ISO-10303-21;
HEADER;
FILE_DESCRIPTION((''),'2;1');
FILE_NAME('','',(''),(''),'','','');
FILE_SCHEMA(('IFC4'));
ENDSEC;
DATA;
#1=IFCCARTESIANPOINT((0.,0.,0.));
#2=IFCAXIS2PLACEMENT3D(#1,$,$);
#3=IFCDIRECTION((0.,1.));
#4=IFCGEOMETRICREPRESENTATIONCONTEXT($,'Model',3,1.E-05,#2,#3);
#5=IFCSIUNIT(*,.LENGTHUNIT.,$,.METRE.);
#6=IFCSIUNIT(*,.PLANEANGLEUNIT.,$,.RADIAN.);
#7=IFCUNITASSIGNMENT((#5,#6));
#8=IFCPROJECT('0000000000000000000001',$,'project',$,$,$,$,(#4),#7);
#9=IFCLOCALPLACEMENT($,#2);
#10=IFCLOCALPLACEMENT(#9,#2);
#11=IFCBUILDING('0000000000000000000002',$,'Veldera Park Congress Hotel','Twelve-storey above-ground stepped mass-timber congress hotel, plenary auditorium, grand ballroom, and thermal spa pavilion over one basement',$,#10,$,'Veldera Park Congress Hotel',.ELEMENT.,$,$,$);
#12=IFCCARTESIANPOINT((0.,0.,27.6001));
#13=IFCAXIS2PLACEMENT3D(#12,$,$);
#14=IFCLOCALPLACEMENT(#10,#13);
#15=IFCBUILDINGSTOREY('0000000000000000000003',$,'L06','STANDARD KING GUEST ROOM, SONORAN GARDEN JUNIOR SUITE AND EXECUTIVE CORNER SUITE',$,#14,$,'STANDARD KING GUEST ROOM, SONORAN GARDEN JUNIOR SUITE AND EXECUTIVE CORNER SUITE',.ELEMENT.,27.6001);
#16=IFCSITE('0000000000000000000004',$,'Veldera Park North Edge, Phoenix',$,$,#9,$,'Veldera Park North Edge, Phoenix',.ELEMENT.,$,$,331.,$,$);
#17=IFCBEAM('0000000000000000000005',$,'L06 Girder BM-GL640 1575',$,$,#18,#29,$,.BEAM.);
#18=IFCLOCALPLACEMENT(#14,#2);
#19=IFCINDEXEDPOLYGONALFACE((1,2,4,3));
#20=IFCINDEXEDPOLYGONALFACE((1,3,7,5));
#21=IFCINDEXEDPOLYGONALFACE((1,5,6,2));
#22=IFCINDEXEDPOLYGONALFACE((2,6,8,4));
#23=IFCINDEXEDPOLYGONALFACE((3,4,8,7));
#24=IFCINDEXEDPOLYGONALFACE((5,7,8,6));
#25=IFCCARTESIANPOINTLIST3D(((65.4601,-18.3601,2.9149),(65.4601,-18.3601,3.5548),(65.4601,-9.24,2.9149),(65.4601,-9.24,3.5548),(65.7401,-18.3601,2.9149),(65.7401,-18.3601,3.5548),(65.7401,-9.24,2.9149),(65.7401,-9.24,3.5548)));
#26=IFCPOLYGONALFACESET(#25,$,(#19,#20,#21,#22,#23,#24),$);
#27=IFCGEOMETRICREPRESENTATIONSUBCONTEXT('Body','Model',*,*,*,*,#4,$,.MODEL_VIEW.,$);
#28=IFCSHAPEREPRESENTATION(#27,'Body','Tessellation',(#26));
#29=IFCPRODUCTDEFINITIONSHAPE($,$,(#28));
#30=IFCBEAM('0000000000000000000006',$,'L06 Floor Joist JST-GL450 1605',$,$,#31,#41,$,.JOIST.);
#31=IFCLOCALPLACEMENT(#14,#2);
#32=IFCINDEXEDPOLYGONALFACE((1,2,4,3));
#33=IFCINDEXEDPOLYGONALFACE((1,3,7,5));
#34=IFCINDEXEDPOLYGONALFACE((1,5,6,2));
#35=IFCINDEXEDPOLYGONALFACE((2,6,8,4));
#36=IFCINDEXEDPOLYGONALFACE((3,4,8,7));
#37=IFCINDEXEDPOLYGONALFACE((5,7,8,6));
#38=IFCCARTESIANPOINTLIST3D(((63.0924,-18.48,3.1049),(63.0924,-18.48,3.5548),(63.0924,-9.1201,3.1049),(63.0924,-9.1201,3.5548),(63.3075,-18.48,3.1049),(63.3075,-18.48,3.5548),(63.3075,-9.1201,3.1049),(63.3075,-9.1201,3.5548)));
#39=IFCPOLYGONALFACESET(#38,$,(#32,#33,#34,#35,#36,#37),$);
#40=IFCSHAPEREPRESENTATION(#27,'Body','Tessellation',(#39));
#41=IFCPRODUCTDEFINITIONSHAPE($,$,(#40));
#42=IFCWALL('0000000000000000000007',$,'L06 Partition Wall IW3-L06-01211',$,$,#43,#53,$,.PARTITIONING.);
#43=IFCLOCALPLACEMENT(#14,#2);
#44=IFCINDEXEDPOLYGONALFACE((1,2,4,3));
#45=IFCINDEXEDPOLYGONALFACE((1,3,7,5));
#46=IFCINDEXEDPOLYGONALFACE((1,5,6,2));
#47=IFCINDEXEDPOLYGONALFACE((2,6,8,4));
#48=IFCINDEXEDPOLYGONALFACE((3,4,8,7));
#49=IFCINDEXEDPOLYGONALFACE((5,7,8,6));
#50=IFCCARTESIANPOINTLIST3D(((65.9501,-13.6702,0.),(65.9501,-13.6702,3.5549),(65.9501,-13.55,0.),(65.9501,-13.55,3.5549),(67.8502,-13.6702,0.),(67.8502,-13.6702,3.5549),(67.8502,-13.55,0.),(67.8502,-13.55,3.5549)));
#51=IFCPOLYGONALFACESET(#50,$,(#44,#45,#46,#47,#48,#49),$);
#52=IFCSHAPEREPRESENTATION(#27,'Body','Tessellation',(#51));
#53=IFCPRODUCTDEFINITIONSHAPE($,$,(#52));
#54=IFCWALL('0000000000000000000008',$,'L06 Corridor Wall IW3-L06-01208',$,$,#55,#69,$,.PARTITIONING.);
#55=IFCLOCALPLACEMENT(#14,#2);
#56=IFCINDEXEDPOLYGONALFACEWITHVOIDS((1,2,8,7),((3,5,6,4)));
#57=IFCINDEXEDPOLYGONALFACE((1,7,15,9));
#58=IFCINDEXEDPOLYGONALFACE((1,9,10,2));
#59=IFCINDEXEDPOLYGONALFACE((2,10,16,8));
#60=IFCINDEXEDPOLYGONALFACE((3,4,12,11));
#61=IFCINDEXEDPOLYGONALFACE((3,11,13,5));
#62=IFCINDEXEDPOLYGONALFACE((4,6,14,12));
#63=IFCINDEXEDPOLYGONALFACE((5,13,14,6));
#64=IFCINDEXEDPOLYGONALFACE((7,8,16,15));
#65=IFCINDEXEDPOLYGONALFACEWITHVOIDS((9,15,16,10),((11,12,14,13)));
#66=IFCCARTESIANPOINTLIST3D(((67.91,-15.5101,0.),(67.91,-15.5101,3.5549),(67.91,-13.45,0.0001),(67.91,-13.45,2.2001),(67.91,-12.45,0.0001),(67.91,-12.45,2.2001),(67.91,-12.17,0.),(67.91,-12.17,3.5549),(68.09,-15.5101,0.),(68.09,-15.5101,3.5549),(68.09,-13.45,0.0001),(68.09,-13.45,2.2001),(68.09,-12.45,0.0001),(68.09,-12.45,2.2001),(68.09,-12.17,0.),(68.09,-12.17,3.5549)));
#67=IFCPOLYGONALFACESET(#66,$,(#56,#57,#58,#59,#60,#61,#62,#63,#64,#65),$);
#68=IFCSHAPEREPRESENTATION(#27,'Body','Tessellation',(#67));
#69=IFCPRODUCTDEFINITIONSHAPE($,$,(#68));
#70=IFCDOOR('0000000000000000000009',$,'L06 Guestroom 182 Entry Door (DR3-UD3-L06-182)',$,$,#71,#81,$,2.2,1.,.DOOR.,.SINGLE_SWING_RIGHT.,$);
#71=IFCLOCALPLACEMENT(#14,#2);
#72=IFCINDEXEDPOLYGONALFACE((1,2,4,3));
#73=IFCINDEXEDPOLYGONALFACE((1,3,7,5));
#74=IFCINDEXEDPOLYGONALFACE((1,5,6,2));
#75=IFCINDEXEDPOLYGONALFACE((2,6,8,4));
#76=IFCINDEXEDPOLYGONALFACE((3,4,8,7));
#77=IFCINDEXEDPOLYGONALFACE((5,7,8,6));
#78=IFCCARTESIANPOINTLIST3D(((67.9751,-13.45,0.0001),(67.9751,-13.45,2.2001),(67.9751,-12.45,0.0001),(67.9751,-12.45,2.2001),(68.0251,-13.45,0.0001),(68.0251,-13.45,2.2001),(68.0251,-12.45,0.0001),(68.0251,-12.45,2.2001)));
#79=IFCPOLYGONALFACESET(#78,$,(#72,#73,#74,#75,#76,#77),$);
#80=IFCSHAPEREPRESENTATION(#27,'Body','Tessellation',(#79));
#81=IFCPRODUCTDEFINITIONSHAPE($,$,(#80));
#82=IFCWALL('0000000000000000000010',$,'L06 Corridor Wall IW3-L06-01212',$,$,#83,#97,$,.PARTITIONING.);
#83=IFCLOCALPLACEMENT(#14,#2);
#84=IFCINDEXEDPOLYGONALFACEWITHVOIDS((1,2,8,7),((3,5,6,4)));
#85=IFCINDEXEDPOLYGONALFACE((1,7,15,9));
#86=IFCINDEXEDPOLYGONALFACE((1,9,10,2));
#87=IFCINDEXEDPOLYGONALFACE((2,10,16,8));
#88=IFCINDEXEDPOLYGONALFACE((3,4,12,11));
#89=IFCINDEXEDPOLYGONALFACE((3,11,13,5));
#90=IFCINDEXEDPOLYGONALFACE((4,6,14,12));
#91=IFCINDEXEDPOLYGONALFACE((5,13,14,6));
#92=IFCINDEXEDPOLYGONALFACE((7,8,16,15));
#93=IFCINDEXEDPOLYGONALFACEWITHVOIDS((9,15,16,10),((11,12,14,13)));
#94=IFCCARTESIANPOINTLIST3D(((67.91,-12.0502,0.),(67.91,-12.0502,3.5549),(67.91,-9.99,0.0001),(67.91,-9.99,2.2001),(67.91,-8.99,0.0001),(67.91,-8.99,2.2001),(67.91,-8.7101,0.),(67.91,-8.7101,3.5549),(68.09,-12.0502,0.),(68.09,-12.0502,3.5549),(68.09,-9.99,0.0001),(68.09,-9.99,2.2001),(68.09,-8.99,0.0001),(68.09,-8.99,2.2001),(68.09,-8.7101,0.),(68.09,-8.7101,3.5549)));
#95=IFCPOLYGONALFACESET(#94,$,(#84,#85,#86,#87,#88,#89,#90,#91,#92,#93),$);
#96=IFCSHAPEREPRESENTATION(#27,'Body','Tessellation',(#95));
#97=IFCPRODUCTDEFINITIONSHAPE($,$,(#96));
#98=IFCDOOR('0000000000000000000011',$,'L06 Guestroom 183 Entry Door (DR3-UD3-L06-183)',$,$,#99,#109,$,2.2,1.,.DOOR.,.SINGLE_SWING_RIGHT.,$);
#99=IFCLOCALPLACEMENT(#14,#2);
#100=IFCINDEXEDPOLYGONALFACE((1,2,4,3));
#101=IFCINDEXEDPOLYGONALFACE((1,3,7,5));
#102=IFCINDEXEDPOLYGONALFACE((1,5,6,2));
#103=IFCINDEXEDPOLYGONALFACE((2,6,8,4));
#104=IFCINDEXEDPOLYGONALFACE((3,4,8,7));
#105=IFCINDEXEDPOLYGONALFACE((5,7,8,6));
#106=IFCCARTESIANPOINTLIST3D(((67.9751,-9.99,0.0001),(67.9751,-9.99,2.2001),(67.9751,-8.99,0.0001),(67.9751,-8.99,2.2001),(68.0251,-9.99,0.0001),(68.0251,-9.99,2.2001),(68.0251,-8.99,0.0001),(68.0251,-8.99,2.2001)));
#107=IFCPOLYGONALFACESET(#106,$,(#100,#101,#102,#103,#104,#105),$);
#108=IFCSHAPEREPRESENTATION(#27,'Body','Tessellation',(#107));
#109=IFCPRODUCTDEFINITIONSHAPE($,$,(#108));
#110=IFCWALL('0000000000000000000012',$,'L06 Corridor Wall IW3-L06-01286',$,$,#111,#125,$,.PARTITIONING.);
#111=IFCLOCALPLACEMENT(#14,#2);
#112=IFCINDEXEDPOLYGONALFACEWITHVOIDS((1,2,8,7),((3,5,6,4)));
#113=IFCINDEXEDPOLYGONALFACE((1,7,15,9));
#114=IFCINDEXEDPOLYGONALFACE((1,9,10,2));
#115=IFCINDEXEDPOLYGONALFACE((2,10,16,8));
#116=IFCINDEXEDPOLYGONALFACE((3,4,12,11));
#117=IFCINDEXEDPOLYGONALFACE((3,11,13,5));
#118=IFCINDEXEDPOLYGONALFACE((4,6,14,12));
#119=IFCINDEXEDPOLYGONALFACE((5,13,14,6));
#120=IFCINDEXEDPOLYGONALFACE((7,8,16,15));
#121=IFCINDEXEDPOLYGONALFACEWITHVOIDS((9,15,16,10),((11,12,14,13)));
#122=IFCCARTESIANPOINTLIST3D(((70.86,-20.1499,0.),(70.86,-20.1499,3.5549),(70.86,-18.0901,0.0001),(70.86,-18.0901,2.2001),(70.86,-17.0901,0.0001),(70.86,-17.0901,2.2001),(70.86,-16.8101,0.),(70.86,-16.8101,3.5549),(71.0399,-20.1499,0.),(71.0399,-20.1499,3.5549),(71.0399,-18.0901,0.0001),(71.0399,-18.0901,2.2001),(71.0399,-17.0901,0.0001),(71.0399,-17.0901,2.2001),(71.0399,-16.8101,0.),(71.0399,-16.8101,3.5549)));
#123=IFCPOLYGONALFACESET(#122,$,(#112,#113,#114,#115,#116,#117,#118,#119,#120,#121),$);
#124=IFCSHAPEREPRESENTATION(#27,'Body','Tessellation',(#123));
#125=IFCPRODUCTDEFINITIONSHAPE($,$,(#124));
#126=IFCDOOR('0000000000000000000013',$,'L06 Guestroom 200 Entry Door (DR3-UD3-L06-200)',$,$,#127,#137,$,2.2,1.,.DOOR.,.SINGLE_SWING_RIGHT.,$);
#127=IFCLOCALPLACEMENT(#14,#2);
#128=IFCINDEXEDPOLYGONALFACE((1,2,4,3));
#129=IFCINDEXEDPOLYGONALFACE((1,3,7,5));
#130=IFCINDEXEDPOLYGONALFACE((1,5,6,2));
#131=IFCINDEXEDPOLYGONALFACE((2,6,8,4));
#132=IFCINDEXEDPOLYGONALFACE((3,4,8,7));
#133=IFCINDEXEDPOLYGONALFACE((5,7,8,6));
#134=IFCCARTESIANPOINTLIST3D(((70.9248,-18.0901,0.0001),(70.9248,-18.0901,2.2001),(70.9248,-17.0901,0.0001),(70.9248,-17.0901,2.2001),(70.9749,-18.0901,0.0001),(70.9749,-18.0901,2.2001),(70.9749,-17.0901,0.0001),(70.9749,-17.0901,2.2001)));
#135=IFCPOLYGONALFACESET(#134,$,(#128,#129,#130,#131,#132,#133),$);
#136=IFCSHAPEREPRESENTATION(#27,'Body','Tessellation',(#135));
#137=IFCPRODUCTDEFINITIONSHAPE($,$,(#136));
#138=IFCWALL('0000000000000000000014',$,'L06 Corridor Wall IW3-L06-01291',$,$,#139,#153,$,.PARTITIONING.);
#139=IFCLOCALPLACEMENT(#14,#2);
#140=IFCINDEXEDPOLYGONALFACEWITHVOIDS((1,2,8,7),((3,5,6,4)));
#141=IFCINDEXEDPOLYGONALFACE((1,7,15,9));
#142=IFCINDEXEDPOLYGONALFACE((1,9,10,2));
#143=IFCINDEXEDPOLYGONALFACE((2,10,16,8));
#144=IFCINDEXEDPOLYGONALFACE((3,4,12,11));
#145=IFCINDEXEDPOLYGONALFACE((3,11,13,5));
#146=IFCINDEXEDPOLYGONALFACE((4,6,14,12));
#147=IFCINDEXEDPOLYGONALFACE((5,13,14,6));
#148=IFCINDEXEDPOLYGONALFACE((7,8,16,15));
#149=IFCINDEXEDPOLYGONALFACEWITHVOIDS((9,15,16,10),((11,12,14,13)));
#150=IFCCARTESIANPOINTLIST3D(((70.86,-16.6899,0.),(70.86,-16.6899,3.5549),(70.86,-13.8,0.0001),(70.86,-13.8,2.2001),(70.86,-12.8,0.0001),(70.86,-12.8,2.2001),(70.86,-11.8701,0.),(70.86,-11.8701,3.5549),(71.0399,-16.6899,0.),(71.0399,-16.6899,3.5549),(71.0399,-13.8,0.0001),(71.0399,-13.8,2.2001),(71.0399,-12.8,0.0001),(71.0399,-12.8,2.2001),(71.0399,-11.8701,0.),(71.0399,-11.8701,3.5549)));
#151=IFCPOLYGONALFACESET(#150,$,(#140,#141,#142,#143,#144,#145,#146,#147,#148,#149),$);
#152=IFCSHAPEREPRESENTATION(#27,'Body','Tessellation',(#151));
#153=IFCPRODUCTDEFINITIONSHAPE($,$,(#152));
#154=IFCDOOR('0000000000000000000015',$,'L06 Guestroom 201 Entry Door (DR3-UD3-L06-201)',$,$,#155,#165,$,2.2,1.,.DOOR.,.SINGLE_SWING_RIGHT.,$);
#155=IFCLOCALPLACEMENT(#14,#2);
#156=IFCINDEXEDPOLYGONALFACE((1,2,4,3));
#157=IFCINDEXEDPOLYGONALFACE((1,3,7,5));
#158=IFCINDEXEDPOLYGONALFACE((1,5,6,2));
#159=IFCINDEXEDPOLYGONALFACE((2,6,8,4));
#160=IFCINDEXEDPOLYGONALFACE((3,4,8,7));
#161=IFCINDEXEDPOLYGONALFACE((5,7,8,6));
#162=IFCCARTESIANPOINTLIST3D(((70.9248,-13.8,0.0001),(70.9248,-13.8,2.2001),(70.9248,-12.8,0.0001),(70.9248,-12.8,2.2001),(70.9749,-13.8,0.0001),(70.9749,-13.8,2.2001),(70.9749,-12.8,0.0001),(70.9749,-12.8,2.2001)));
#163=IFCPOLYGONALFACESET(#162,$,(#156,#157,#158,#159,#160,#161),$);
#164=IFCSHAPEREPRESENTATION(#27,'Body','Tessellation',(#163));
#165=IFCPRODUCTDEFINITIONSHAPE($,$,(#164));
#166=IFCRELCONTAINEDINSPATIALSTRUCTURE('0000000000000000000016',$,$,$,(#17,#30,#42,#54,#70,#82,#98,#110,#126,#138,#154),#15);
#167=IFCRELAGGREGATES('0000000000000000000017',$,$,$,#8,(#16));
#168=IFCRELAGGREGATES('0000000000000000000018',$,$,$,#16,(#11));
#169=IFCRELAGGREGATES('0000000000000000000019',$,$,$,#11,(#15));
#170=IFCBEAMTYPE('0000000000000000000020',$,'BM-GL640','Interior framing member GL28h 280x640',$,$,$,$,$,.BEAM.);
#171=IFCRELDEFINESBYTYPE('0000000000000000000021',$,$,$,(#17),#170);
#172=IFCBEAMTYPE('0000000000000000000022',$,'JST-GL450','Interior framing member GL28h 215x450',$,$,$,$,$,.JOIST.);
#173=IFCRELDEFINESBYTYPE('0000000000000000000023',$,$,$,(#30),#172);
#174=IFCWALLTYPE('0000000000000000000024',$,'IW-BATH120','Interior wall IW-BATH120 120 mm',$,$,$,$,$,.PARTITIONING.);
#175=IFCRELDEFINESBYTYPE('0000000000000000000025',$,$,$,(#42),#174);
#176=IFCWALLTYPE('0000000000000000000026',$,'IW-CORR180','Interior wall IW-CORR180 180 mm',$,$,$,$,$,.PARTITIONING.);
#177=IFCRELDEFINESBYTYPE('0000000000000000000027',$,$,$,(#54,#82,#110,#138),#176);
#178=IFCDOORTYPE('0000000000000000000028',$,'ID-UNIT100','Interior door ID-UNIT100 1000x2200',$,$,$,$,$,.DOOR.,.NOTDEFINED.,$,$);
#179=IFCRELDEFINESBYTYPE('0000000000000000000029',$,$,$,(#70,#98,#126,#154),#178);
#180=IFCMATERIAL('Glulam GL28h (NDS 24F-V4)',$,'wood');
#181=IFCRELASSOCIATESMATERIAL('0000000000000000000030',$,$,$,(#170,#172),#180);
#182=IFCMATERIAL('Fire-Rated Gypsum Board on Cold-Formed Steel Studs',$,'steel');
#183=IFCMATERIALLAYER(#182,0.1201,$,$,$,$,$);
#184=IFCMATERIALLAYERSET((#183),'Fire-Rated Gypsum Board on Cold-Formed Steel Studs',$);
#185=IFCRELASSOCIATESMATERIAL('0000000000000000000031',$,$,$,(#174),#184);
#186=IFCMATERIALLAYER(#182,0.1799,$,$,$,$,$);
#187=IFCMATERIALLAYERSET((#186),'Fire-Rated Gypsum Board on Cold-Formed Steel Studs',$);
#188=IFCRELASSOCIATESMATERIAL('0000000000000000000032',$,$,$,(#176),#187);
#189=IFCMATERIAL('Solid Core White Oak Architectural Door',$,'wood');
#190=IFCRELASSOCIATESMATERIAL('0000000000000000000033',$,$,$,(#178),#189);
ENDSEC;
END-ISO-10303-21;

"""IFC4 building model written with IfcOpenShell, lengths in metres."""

from ifc_helpers import new_model, si_unit, direction, frame, frame_2d, origin, origin_2d, place, context, subcontext, project, spatial, rectangle, extrude, material, layer, layer_set, material_profile, profile_set, type_object, element, fill, save


model = new_model("IFC4")

# Units and contexts
model_context = context("Model", 3, precision=1e-05, world=origin(), true_north=direction((0.0, 1.0)))
body_context = subcontext(model_context, "Body", "Model", "MODEL_VIEW")
ifc_project = project(units=[si_unit("LENGTHUNIT", "METRE"), si_unit("PLANEANGLEUNIT", "RADIAN")], contexts=[model_context])

# Site, building, storey
site_placement = place(None, origin())
site = spatial("IfcSite", under=ifc_project, at=site_placement, Name="Veldera Park North Edge, Phoenix", LongName="Veldera Park North Edge, Phoenix", CompositionType="ELEMENT", RefElevation=331.0)
building_placement = place(site_placement, origin())
building = spatial("IfcBuilding", under=site, at=building_placement, Name="Veldera Park Congress Hotel", Description="Twelve-storey above-ground stepped mass-timber congress hotel, plenary auditorium, grand ballroom, and thermal spa pavilion over one basement", LongName="Veldera Park Congress Hotel", CompositionType="ELEMENT")
storey_placement = place(building_placement, frame((0.0, 0.0, 27.6001)))
storey = spatial("IfcBuildingStorey", under=building, at=storey_placement, Name="L06", Description="STANDARD KING GUEST ROOM, SONORAN GARDEN JUNIOR SUITE AND EXECUTIVE CORNER SUITE", LongName="STANDARD KING GUEST ROOM, SONORAN GARDEN JUNIOR SUITE AND EXECUTIVE CORNER SUITE", CompositionType="ELEMENT", Elevation=27.6001)

# Beams
ifc_material_1 = material(Name="Glulam GL28h (NDS 24F-V4)", Category="wood")
ifc_material_profile_1 = material_profile(ifc_material_1, rectangle(XDim=0.28, YDim=0.6399, at=origin_2d()), Name="GL28h 280x640")
ifc_profile_set_1 = profile_set([ifc_material_profile_1], Name="Glulam GL28h (NDS 24F-V4)")
beam_type_1 = type_object("IfcBeamType", Name="BM-GL640", Description="Interior framing member GL28h 280x640", PredefinedType="BEAM", material=ifc_profile_set_1)
beam_1_placement = place(storey_placement, frame((65.6001, -18.3601, 3.2349), z_axis=(0.0, 1.0, 0.0), x_axis=(-1.0, 0.0, 0.0)))
element("IfcBeam", 1, at=beam_1_placement, inside=storey, type_object=beam_type_1, Name="L06 Girder BM-GL640 1575", PredefinedType="BEAM", context=body_context, shape_type="SweptSolid", body=[
    extrude(rectangle(XDim=0.28, YDim=0.6399, at=origin_2d()), origin(), (0.0, 0.0, 1.0), 9.1201),
])
ifc_material_profile_2 = material_profile(ifc_material_1, rectangle(XDim=0.2151, YDim=0.45, at=origin_2d()), Name="GL28h 215x450")
ifc_profile_set_2 = profile_set([ifc_material_profile_2], Name="Glulam GL28h (NDS 24F-V4)")
beam_type_2 = type_object("IfcBeamType", Name="JST-GL450", Description="Interior framing member GL28h 215x450", PredefinedType="JOIST", material=ifc_profile_set_2)
beam_2_placement = place(storey_placement, frame((63.2, -18.48, 3.3298), z_axis=(0.0, 1.0, 0.0), x_axis=(-1.0, 0.0, 0.0)))
element("IfcBeam", 2, at=beam_2_placement, inside=storey, type_object=beam_type_2, Name="L06 Floor Joist JST-GL450 1605", PredefinedType="JOIST", context=body_context, shape_type="SweptSolid", body=[
    extrude(rectangle(XDim=0.2151, YDim=0.45, at=origin_2d()), origin(), (0.0, 0.0, 1.0), 9.3599),
])

# Shared definitions
ifc_material_2 = material(Name="Fire-Rated Gypsum Board on Cold-Formed Steel Studs", Category="steel")
ifc_layer_1 = layer(ifc_material_2, 0.1201)
ifc_layer_set_1 = layer_set([ifc_layer_1], Name="Fire-Rated Gypsum Board on Cold-Formed Steel Studs")
wall_type_1 = type_object("IfcWallType", Name="IW-BATH120", Description="Interior wall IW-BATH120 120 mm", PredefinedType="PARTITIONING", material=ifc_layer_set_1)
ifc_material_3 = material(Name="Solid Core White Oak Architectural Door", Category="wood")

# Wall
wall_1_placement = place(storey_placement, frame((65.95, -13.6101, 0.0), z_axis=(0.0, 0.0, 1.0), x_axis=(1.0, 0.0, 0.0)))
element("IfcWall", 3, at=wall_1_placement, inside=storey, type_object=wall_type_1, Name="L06 Partition Wall IW3-L06-01211", PredefinedType="PARTITIONING", context=body_context, shape_type="SweptSolid", body=[
    extrude(rectangle(XDim=1.9001, YDim=0.1201, at=frame_2d((0.9502, 0.0))), origin(), (0.0, 0.0, 1.0), 3.5549),
])

# Walls, openings, doors
ifc_layer_2 = layer(ifc_material_2, 0.1799)
ifc_layer_set_2 = layer_set([ifc_layer_2], Name="Fire-Rated Gypsum Board on Cold-Formed Steel Studs")
wall_type_2 = type_object("IfcWallType", Name="IW-CORR180", Description="Interior wall IW-CORR180 180 mm", PredefinedType="PARTITIONING", material=ifc_layer_set_2)
wall_2_placement = place(storey_placement, frame((68.0, -15.51, 0.0), z_axis=(0.0, 0.0, 1.0), x_axis=(0.0, 1.0, 0.0)))
wall_2 = element("IfcWall", 4, at=wall_2_placement, inside=storey, type_object=wall_type_2, Name="L06 Corridor Wall IW3-L06-01208", PredefinedType="PARTITIONING", context=body_context, shape_type="SweptSolid", body=[
    extrude(rectangle(XDim=3.3401, YDim=0.1799, at=frame_2d((1.6699, 0.0))), origin(), (0.0, 0.0, 1.0), 3.5549),
])
opening_1_placement = place(wall_2_placement, frame((2.0601, 0.0, 0.0)))
opening_1 = element("IfcOpeningElement", 5, at=opening_1_placement, cuts=wall_2, PredefinedType="OPENING", context=body_context, shape_type="SweptSolid", body=[
    extrude(rectangle(XDim=1.0, YDim=2.2, at=frame_2d((0.5, 1.1001))), frame((0.0, 0.1021, 0.0), z_axis=(0.0, -1.0, 0.0), x_axis=(1.0, 0.0, 0.0)), (0.0, 0.0, 1.0), 0.2039),
])
door_type_1 = type_object("IfcDoorType", Name="ID-UNIT100", Description="Interior door ID-UNIT100 1000x2200", OperationType="NOTDEFINED", PredefinedType="DOOR", material=ifc_material_3)
door_1_placement = place(opening_1_placement, origin())
door_1 = element("IfcDoor", 6, at=door_1_placement, inside=storey, type_object=door_type_1, Name="L06 Guestroom 182 Entry Door (DR3-UD3-L06-182)", OperationType="SINGLE_SWING_RIGHT", OverallHeight=2.2, OverallWidth=1.0, PredefinedType="DOOR", context=body_context, shape_type="SweptSolid", body=[
    extrude(rectangle(XDim=1.0, YDim=2.2, at=frame_2d((0.5, 1.1001))), frame((0.0, 0.0249, 0.0), z_axis=(0.0, -1.0, 0.0), x_axis=(1.0, 0.0, 0.0)), (0.0, 0.0, 1.0), 0.05),
])
fill(opening_1, door_1)
wall_3_placement = place(storey_placement, frame((68.0, -12.05, 0.0), z_axis=(0.0, 0.0, 1.0), x_axis=(0.0, 1.0, 0.0)))
wall_3 = element("IfcWall", 7, at=wall_3_placement, inside=storey, type_object=wall_type_2, Name="L06 Corridor Wall IW3-L06-01212", PredefinedType="PARTITIONING", context=body_context, shape_type="SweptSolid", body=[
    extrude(rectangle(XDim=3.3401, YDim=0.1799, at=frame_2d((1.6699, 0.0))), origin(), (0.0, 0.0, 1.0), 3.5549),
])
opening_2_placement = place(wall_3_placement, frame((2.0601, 0.0, 0.0)))
opening_2 = element("IfcOpeningElement", 8, at=opening_2_placement, cuts=wall_3, PredefinedType="OPENING", context=body_context, shape_type="SweptSolid", body=[
    extrude(rectangle(XDim=1.0, YDim=2.2, at=frame_2d((0.5, 1.1001))), frame((0.0, 0.1021, 0.0), z_axis=(0.0, -1.0, 0.0), x_axis=(1.0, 0.0, 0.0)), (0.0, 0.0, 1.0), 0.2039),
])
door_2_placement = place(opening_2_placement, origin())
door_2 = element("IfcDoor", 9, at=door_2_placement, inside=storey, type_object=door_type_1, Name="L06 Guestroom 183 Entry Door (DR3-UD3-L06-183)", OperationType="SINGLE_SWING_RIGHT", OverallHeight=2.2, OverallWidth=1.0, PredefinedType="DOOR", context=body_context, shape_type="SweptSolid", body=[
    extrude(rectangle(XDim=1.0, YDim=2.2, at=frame_2d((0.5, 1.1001))), frame((0.0, 0.0249, 0.0), z_axis=(0.0, -1.0, 0.0), x_axis=(1.0, 0.0, 0.0)), (0.0, 0.0, 1.0), 0.05),
])
fill(opening_2, door_2)
wall_4_placement = place(storey_placement, frame((70.95, -16.8101, 0.0), z_axis=(0.0, 0.0, 1.0), x_axis=(0.0, -1.0, 0.0)))
wall_4 = element("IfcWall", 10, at=wall_4_placement, inside=storey, type_object=wall_type_2, Name="L06 Corridor Wall IW3-L06-01286", PredefinedType="PARTITIONING", context=body_context, shape_type="SweptSolid", body=[
    extrude(rectangle(XDim=3.3398, YDim=0.1799, at=frame_2d((1.6699, 0.0))), origin(), (0.0, 0.0, 1.0), 3.5549),
])
opening_3_placement = place(wall_4_placement, frame((0.28, 0.0, 0.0)))
opening_3 = element("IfcOpeningElement", 11, at=opening_3_placement, cuts=wall_4, PredefinedType="OPENING", context=body_context, shape_type="SweptSolid", body=[
    extrude(rectangle(XDim=1.0, YDim=2.2, at=frame_2d((0.5, 1.1001))), frame((0.0, 0.1021, 0.0), z_axis=(0.0, -1.0, 0.0), x_axis=(1.0, 0.0, 0.0)), (0.0, 0.0, 1.0), 0.2039),
])
door_3_placement = place(opening_3_placement, origin())
door_3 = element("IfcDoor", 12, at=door_3_placement, inside=storey, type_object=door_type_1, Name="L06 Guestroom 200 Entry Door (DR3-UD3-L06-200)", OperationType="SINGLE_SWING_RIGHT", OverallHeight=2.2, OverallWidth=1.0, PredefinedType="DOOR", context=body_context, shape_type="SweptSolid", body=[
    extrude(rectangle(XDim=1.0, YDim=2.2, at=frame_2d((0.5, 1.1001))), frame((0.0, 0.0249, 0.0), z_axis=(0.0, -1.0, 0.0), x_axis=(1.0, 0.0, 0.0)), (0.0, 0.0, 1.0), 0.05),
])
fill(opening_3, door_3)
wall_5_placement = place(storey_placement, frame((70.95, -11.8701, 0.0), z_axis=(0.0, 0.0, 1.0), x_axis=(0.0, -1.0, 0.0)))
wall_5 = element("IfcWall", 13, at=wall_5_placement, inside=storey, type_object=wall_type_2, Name="L06 Corridor Wall IW3-L06-01291", PredefinedType="PARTITIONING", context=body_context, shape_type="SweptSolid", body=[
    extrude(rectangle(XDim=4.8198, YDim=0.1799, at=frame_2d((2.4099, 0.0))), origin(), (0.0, 0.0, 1.0), 3.5549),
])
opening_4_placement = place(wall_5_placement, frame((0.9299, 0.0, 0.0)))
opening_4 = element("IfcOpeningElement", 14, at=opening_4_placement, cuts=wall_5, PredefinedType="OPENING", context=body_context, shape_type="SweptSolid", body=[
    extrude(rectangle(XDim=1.0, YDim=2.2, at=frame_2d((0.5, 1.1001))), frame((0.0, 0.1021, 0.0), z_axis=(0.0, -1.0, 0.0), x_axis=(1.0, 0.0, 0.0)), (0.0, 0.0, 1.0), 0.2039),
])
door_4_placement = place(opening_4_placement, origin())
door_4 = element("IfcDoor", 15, at=door_4_placement, inside=storey, type_object=door_type_1, Name="L06 Guestroom 201 Entry Door (DR3-UD3-L06-201)", OperationType="SINGLE_SWING_RIGHT", OverallHeight=2.2, OverallWidth=1.0, PredefinedType="DOOR", context=body_context, shape_type="SweptSolid", body=[
    extrude(rectangle(XDim=1.0, YDim=2.2, at=frame_2d((0.5, 1.1001))), frame((0.0, 0.0249, 0.0), z_axis=(0.0, -1.0, 0.0), x_axis=(1.0, 0.0, 0.0)), (0.0, 0.0, 1.0), 0.05),
])
fill(opening_4, door_4)

save(model, "model.ifc")
